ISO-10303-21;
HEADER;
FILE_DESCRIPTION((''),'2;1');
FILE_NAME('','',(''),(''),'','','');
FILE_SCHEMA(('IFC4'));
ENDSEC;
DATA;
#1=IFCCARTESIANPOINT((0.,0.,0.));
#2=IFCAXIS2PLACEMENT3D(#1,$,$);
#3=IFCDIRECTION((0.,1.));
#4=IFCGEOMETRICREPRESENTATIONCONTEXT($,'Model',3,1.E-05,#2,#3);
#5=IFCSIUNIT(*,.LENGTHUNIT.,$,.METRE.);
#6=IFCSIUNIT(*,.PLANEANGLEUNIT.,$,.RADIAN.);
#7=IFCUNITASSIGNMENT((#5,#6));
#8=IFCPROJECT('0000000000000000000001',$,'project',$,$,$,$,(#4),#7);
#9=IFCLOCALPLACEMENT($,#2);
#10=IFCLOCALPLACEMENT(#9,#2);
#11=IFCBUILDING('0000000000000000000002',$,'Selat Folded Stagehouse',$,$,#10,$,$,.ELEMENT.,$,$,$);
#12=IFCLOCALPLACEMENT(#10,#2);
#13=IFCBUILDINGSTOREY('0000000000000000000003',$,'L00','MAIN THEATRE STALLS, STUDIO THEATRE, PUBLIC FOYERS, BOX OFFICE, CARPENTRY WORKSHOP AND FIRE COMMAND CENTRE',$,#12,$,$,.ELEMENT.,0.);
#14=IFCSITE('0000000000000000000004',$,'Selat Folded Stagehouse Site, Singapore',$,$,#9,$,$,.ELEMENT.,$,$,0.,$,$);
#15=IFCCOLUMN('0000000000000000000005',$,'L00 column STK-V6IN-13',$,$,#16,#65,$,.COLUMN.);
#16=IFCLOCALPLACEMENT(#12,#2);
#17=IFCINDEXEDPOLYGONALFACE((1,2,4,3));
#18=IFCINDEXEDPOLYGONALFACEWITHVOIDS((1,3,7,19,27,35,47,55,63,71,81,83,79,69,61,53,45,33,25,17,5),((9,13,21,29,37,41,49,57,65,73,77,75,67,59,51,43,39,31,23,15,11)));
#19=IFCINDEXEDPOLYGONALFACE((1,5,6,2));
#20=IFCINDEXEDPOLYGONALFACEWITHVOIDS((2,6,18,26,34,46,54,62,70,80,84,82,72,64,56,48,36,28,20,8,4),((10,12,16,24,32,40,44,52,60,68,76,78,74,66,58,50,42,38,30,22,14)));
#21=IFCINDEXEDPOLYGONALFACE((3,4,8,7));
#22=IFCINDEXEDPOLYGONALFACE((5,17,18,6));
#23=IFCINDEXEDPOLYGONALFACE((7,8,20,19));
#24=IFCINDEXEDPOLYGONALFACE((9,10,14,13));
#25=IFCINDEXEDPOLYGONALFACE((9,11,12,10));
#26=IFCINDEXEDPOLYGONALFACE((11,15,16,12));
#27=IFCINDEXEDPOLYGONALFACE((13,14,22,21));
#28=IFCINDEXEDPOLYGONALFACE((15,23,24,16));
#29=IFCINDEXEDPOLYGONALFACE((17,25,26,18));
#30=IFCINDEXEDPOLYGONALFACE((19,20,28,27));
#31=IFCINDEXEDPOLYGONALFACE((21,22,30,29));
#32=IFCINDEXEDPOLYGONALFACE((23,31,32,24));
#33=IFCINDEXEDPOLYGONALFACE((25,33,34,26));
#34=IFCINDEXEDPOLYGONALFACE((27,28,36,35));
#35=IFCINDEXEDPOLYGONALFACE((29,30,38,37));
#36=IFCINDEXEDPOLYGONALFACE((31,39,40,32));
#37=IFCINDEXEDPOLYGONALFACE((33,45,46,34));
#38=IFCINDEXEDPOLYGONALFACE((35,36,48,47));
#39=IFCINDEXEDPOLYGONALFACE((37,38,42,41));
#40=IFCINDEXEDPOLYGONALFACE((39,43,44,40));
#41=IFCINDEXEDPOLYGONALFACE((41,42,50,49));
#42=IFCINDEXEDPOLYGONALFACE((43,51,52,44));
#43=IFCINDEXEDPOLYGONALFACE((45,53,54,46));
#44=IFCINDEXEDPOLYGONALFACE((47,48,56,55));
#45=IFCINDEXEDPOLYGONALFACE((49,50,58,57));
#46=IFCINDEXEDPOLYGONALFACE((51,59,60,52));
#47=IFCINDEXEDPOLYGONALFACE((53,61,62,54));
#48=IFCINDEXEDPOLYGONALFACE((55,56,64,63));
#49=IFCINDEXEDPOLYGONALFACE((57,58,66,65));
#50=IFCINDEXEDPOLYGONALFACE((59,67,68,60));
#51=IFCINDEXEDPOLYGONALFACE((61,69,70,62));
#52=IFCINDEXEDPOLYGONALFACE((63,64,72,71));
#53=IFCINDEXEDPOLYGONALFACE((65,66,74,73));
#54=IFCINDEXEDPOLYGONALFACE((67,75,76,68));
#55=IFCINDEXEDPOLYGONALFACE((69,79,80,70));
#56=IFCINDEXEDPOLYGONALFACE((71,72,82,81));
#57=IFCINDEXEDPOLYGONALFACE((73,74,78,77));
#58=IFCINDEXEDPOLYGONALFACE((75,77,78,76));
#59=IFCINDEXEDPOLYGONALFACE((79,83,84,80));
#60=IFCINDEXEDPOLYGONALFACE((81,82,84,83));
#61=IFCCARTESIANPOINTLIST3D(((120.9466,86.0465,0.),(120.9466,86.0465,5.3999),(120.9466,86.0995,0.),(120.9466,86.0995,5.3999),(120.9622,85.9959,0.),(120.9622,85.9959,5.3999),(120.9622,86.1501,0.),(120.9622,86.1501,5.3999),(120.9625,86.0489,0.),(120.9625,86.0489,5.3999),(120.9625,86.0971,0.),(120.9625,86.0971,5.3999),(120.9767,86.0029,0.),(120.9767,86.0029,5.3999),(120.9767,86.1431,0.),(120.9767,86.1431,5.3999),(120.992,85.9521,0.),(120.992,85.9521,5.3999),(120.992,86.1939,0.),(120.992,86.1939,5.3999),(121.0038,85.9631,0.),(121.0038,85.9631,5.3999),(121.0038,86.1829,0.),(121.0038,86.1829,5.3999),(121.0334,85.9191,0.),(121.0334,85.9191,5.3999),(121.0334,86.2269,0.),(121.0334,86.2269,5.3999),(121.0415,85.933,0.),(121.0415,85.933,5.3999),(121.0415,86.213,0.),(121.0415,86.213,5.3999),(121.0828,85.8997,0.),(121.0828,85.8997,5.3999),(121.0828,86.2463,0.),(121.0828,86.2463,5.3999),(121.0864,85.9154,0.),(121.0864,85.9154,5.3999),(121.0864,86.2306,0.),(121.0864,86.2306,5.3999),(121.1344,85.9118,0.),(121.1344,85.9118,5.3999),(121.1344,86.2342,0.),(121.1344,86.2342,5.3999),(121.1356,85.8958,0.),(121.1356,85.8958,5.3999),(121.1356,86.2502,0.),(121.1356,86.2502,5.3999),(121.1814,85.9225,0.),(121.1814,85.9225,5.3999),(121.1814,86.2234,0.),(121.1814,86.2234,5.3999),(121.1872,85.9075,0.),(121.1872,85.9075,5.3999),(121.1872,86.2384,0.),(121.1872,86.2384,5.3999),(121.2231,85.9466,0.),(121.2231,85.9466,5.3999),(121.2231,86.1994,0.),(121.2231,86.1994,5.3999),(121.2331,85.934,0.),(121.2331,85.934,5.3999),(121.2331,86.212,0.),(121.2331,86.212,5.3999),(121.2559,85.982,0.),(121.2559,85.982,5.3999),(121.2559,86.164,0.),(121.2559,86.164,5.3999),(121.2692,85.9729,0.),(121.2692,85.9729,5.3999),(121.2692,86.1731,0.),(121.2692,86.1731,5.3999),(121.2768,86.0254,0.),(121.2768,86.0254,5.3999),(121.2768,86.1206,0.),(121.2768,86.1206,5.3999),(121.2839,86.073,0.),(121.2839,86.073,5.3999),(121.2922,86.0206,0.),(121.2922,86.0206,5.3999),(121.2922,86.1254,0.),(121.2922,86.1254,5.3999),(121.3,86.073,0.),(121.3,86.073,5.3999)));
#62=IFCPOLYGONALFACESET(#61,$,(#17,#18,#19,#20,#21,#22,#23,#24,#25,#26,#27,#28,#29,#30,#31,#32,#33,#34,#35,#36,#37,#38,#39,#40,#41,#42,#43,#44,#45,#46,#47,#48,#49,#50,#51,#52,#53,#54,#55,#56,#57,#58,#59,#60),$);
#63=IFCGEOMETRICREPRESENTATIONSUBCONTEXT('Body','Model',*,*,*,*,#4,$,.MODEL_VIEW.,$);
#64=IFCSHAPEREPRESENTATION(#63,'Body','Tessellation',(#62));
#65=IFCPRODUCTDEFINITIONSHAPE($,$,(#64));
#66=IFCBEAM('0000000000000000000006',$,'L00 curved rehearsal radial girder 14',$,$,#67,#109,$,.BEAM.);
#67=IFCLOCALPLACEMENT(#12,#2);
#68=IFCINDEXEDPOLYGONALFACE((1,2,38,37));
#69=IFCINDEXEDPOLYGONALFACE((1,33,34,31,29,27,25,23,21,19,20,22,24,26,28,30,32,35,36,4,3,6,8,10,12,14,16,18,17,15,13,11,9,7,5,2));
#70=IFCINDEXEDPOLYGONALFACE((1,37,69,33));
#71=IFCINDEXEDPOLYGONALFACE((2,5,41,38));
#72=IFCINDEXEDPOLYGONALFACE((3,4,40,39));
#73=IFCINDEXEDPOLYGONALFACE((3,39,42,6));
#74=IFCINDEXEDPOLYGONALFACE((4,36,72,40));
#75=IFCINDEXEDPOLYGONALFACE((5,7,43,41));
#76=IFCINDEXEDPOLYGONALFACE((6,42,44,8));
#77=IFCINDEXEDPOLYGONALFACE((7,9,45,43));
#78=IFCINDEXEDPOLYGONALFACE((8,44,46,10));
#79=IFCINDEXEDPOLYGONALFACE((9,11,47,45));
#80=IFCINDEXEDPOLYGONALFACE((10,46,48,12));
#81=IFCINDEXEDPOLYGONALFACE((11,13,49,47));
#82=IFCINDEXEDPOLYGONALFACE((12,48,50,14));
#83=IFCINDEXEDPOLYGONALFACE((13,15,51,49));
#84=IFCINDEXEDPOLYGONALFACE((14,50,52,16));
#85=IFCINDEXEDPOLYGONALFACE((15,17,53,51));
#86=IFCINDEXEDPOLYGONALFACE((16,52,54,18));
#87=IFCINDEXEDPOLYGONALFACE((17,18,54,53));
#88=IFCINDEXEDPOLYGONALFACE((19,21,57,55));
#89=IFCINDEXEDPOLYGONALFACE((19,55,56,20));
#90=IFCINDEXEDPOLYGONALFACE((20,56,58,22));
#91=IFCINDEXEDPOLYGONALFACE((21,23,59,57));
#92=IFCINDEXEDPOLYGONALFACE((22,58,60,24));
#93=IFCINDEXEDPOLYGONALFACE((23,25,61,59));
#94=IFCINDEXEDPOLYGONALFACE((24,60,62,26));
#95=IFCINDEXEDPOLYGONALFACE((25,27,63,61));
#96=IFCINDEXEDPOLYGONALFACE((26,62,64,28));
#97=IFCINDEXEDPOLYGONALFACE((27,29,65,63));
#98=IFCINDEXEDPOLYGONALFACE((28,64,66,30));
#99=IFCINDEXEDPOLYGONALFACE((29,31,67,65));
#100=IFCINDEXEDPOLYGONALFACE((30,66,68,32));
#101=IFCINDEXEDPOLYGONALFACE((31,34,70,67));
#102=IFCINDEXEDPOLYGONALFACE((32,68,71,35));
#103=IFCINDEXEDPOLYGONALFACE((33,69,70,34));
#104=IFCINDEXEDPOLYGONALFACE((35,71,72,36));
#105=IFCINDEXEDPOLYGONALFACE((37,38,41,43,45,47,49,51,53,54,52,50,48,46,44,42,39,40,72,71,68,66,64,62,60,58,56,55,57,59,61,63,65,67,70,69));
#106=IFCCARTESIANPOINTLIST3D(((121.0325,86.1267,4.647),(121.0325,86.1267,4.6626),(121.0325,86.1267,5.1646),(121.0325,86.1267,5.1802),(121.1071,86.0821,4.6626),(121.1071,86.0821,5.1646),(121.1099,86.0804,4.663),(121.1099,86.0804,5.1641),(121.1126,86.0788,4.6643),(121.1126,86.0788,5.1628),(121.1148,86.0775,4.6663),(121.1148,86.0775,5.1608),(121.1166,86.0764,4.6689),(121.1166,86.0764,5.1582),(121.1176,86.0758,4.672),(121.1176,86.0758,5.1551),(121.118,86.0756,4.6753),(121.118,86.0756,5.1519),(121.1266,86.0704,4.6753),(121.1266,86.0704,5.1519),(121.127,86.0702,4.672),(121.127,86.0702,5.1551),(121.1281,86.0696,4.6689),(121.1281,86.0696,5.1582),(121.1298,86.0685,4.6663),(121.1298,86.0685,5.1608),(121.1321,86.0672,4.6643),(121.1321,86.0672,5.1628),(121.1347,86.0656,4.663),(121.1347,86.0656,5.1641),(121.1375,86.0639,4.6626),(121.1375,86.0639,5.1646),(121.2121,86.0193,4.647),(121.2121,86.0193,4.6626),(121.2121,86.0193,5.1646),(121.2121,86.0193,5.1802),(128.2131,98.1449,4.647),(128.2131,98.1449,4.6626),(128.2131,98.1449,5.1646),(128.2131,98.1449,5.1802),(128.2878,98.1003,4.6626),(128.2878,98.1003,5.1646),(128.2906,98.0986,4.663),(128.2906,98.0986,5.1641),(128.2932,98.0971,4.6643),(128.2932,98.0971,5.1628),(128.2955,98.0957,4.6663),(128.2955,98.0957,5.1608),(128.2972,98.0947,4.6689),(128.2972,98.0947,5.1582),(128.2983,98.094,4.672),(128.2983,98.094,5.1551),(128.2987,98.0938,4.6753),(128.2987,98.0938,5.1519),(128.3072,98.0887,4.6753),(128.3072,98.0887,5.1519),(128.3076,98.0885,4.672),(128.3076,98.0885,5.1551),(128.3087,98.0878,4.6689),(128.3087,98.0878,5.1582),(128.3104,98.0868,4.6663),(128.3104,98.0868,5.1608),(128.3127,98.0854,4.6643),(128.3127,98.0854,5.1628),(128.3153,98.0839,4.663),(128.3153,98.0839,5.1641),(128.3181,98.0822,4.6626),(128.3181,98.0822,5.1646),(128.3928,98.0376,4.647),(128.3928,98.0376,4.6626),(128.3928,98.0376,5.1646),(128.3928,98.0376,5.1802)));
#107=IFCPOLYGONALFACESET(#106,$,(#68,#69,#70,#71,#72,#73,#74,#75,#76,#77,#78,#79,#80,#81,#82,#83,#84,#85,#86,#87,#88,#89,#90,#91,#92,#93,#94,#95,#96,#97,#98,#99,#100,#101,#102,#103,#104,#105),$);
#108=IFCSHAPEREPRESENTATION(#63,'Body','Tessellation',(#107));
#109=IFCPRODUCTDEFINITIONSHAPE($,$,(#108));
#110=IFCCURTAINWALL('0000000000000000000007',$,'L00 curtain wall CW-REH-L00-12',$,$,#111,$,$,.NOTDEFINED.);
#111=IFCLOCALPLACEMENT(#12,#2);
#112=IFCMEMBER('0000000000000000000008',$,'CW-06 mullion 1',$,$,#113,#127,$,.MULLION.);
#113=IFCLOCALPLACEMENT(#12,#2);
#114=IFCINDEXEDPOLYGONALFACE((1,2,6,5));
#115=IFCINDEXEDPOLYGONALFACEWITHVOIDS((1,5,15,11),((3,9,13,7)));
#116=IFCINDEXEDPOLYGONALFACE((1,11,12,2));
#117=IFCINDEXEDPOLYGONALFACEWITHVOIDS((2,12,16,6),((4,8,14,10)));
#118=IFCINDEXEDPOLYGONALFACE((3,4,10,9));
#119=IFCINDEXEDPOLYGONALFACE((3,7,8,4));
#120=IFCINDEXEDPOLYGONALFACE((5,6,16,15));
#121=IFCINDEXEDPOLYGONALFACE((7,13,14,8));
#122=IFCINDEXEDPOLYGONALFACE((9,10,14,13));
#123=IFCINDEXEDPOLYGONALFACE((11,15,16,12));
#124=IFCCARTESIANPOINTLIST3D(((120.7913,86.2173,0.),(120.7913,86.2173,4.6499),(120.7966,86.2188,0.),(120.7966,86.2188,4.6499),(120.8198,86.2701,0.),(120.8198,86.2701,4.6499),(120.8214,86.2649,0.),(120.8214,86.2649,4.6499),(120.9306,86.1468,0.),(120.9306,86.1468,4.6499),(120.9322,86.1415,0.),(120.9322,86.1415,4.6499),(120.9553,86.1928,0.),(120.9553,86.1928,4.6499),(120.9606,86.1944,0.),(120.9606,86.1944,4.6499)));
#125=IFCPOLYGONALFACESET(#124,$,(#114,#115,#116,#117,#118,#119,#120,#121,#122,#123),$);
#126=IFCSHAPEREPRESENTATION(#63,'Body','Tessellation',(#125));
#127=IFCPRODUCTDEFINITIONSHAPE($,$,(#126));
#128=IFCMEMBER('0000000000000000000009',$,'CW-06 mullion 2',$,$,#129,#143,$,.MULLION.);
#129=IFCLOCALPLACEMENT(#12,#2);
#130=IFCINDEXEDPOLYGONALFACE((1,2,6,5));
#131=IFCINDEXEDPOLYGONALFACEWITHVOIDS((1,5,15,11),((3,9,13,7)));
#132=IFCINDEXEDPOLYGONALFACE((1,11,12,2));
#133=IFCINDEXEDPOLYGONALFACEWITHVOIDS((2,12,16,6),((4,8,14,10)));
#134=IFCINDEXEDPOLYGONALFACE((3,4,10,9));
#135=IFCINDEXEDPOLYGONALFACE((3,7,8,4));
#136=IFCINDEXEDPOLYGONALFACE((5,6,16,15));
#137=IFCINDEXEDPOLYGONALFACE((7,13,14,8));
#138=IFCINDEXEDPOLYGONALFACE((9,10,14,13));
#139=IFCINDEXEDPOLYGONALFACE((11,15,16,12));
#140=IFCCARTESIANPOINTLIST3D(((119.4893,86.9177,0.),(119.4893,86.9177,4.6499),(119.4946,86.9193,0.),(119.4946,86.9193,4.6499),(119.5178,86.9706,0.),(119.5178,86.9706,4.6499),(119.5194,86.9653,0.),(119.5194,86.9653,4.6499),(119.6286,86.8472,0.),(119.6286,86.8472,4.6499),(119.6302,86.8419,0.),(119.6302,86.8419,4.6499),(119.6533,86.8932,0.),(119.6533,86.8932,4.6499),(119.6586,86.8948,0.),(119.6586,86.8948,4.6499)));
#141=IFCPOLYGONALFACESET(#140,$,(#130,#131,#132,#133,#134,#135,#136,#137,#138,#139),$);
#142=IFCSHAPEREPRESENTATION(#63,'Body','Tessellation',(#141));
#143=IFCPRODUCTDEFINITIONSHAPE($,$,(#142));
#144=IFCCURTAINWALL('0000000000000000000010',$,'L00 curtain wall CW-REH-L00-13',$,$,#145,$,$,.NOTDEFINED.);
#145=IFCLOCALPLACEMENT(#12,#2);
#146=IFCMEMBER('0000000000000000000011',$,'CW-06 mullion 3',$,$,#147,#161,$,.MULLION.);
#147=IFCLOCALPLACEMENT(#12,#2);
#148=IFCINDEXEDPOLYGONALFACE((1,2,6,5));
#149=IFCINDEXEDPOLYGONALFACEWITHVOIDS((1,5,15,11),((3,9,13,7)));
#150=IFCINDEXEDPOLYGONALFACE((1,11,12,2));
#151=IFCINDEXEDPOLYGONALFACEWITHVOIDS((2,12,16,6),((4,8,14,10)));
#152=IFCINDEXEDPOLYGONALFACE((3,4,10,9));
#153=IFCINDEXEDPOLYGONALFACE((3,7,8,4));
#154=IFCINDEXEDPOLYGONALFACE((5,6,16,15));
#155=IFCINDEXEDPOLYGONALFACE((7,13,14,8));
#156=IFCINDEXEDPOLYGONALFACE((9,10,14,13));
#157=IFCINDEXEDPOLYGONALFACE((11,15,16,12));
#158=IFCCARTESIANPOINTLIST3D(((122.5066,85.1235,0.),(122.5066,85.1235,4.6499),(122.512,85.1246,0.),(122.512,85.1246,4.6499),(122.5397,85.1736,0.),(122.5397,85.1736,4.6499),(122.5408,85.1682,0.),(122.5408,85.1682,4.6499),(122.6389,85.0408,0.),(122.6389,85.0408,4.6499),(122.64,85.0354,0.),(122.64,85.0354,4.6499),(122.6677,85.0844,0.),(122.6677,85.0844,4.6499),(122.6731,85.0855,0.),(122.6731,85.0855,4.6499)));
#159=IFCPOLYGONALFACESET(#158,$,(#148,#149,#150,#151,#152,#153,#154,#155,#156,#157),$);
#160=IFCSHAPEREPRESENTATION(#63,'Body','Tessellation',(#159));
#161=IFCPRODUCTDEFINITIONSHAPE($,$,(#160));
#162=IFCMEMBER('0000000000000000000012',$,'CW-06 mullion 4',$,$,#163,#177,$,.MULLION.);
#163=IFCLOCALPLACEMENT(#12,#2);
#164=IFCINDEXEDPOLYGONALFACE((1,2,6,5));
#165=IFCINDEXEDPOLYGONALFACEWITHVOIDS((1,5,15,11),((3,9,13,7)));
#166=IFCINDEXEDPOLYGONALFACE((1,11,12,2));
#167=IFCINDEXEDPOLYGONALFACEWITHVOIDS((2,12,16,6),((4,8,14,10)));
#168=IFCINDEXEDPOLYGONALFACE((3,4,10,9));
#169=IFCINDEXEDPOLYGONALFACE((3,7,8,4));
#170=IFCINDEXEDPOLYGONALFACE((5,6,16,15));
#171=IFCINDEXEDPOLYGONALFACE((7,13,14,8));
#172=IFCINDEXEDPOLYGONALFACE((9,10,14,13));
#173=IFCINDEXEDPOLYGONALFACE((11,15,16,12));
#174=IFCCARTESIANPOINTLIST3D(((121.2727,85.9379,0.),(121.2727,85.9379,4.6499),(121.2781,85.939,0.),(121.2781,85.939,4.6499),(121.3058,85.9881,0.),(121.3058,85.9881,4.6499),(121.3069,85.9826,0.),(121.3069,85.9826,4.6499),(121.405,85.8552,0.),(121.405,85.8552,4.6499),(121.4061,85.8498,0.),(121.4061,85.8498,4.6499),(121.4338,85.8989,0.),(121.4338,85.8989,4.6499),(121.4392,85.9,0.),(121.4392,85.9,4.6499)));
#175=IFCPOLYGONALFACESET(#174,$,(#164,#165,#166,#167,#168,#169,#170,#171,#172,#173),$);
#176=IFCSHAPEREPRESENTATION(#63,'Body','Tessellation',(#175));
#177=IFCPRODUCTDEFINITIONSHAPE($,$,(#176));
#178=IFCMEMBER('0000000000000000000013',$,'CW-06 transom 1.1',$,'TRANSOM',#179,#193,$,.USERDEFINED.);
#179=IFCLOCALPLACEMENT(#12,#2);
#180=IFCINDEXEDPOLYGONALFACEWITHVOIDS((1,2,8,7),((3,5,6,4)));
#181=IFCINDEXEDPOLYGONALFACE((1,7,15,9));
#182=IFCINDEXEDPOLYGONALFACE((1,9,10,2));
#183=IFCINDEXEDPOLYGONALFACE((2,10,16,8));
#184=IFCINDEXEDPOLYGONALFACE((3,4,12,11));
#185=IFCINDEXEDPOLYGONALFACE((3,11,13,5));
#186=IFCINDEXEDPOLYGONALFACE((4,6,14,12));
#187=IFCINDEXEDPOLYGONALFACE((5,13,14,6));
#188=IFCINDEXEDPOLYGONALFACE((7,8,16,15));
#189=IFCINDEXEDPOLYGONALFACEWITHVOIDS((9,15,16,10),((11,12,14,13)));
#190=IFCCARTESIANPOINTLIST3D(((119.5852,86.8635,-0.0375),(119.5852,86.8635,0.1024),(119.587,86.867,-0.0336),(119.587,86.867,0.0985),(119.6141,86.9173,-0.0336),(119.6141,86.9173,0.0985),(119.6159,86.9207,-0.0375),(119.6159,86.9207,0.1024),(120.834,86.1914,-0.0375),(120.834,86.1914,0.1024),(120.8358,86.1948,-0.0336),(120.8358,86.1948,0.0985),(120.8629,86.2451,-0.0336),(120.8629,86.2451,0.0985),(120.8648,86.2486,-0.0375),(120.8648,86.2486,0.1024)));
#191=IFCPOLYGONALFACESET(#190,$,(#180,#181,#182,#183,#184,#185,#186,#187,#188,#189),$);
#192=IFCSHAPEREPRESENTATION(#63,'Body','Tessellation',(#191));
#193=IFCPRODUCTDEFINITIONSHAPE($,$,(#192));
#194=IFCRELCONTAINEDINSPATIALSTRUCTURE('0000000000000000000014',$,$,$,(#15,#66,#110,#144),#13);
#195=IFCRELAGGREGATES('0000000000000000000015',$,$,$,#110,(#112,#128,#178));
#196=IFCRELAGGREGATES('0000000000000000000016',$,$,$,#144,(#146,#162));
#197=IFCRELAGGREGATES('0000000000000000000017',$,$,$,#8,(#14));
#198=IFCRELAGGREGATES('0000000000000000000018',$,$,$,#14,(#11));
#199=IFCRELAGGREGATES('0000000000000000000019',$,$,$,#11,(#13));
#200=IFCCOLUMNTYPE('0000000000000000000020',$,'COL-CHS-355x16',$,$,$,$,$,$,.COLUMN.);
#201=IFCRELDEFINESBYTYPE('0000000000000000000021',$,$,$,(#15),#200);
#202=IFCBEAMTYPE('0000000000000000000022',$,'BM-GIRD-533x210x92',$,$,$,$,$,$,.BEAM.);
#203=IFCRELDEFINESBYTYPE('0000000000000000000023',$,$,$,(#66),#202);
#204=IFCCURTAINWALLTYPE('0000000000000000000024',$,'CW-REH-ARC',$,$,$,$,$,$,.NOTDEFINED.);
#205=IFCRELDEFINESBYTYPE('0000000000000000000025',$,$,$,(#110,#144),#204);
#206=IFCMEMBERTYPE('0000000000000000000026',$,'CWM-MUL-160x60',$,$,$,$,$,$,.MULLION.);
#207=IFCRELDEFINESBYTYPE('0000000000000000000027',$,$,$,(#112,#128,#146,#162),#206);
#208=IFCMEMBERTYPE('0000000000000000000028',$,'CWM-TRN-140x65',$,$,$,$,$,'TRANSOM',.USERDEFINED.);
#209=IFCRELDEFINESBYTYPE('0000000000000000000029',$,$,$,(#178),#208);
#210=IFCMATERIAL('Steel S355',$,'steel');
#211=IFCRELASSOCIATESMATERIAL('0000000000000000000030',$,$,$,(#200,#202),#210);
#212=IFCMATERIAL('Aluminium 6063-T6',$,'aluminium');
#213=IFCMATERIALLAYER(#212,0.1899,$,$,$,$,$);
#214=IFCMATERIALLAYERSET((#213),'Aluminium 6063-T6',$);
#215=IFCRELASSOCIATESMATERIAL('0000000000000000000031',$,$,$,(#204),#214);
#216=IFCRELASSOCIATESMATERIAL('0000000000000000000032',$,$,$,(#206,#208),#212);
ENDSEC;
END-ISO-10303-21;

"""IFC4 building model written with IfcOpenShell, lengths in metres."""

from ifc_helpers import new_model, si_unit, direction, frame, origin, origin_2d, place, context, subcontext, project, spatial, hollow_rectangle, hollow_circle, i_section, extrude, material, layer, layer_set, material_profile, profile_set, type_object, element, aggregate, save


model = new_model("IFC4")

# Units and contexts
model_context = context("Model", 3, precision=1e-05, world=origin(), true_north=direction((0.0, 1.0)))
body_context = subcontext(model_context, "Body", "Model", "MODEL_VIEW")
ifc_project = project(units=[si_unit("LENGTHUNIT", "METRE"), si_unit("PLANEANGLEUNIT", "RADIAN")], contexts=[model_context])

# Site, building, storey
site_placement = place(None, origin())
site = spatial("IfcSite", under=ifc_project, at=site_placement, Name="Selat Folded Stagehouse Site, Singapore", CompositionType="ELEMENT", RefElevation=0.0)
building_placement = place(site_placement, origin())
building = spatial("IfcBuilding", under=site, at=building_placement, Name="Selat Folded Stagehouse", CompositionType="ELEMENT")
storey_placement = place(building_placement, origin())
storey = spatial("IfcBuildingStorey", under=building, at=storey_placement, Name="L00", Description="MAIN THEATRE STALLS, STUDIO THEATRE, PUBLIC FOYERS, BOX OFFICE, CARPENTRY WORKSHOP AND FIRE COMMAND CENTRE", CompositionType="ELEMENT", Elevation=0.0)

# Column
ifc_material_1 = material(Name="Steel S355", Category="steel")
ifc_material_profile_1 = material_profile(ifc_material_1, hollow_circle(Radius=0.1777, WallThickness=0.0161, at=origin_2d()), Name="CHS 355.6x16.0")
ifc_profile_set_1 = profile_set([ifc_material_profile_1], Name="Steel S355")
column_type = type_object("IfcColumnType", Name="COL-CHS-355x16", PredefinedType="COLUMN", material=ifc_profile_set_1)
column_placement = place(storey_placement, frame((121.1223, 86.073, 0.0), z_axis=(0.0, 0.0, 1.0), x_axis=(1.0, 0.0, 0.0)))
element("IfcColumn", 1, at=column_placement, inside=storey, type_object=column_type, Name="L00 column STK-V6IN-13", PredefinedType="COLUMN", context=body_context, shape_type="SweptSolid", body=[
    extrude(hollow_circle(Radius=0.1777, WallThickness=0.0161, at=origin_2d()), origin(), (0.0, 0.0, 1.0), 5.3999),
])

# Beam
ifc_material_profile_2 = material_profile(ifc_material_1, i_section(OverallWidth=0.2092, OverallDepth=0.5332, WebThickness=0.01, FlangeThickness=0.0156, FilletRadius=0.0127, at=origin_2d()), Name="UKB 533x210x92")
ifc_profile_set_2 = profile_set([ifc_material_profile_2], Name="Steel S355")
beam_type_1 = type_object("IfcBeamType", Name="BM-GIRD-533x210x92", PredefinedType="BEAM", material=ifc_profile_set_2)
beam_1_placement = place(storey_placement, frame((121.1223, 86.073, 4.9136), z_axis=(0.512902, 0.858447, 0.0), x_axis=(-0.858447, 0.512902, 0.0)))
element("IfcBeam", 2, at=beam_1_placement, inside=storey, type_object=beam_type_1, Name="L00 curved rehearsal radial girder 14", PredefinedType="BEAM", context=body_context, shape_type="SweptSolid", body=[
    extrude(i_section(OverallWidth=0.2092, OverallDepth=0.5332, WebThickness=0.01, FlangeThickness=0.0156, FilletRadius=0.0127, at=origin_2d()), origin(), (0.0, 0.0, 1.0), 14.0),
])

# Curtain walls, members
ifc_material_2 = material(Name="Aluminium 6063-T6", Category="aluminium")
ifc_layer_1 = layer(ifc_material_2, 0.1899)
ifc_layer_set_1 = layer_set([ifc_layer_1], Name="Aluminium 6063-T6")
curtain_wall_type = type_object("IfcCurtainWallType", Name="CW-REH-ARC", PredefinedType="NOTDEFINED", material=ifc_layer_set_1)
curtain_wall_1_placement = place(storey_placement, origin())
curtain_wall_1 = element("IfcCurtainWall", 3, at=curtain_wall_1_placement, inside=storey, type_object=curtain_wall_type, Name="L00 curtain wall CW-REH-L00-12", PredefinedType="NOTDEFINED")
ifc_material_profile_3 = material_profile(ifc_material_2, hollow_rectangle(XDim=0.0601, YDim=0.1599, WallThickness=0.0039, at=origin_2d()), Name="ALU 160x60x4.0")
ifc_profile_set_3 = profile_set([ifc_material_profile_3], Name="Aluminium 6063-T6")
member_type_1 = type_object("IfcMemberType", Name="CWM-MUL-160x60", PredefinedType="MULLION", material=ifc_profile_set_3)
member_1_placement = place(storey_placement, frame((120.876, 86.2058, 0.0), z_axis=(0.0, 0.0, 1.0), x_axis=(-0.473859, -0.880601, 0.0)))
member_1 = element("IfcMember", 4, at=member_1_placement, type_object=member_type_1, Name="CW-06 mullion 1", PredefinedType="MULLION", context=body_context, shape_type="SweptSolid", body=[
    extrude(hollow_rectangle(XDim=0.0601, YDim=0.1599, WallThickness=0.0039, at=origin_2d()), origin(), (0.0, 0.0, 1.0), 4.6499),
])
member_2_placement = place(storey_placement, frame((119.574, 86.9062, 0.0), z_axis=(0.0, 0.0, 1.0), x_axis=(-0.473859, -0.880601, 0.0)))
member_2 = element("IfcMember", 5, at=member_2_placement, type_object=member_type_1, Name="CW-06 mullion 2", PredefinedType="MULLION", context=body_context, shape_type="SweptSolid", body=[
    extrude(hollow_rectangle(XDim=0.0601, YDim=0.1599, WallThickness=0.0039, at=origin_2d()), origin(), (0.0, 0.0, 1.0), 4.6499),
])
curtain_wall_2_placement = place(storey_placement, origin())
curtain_wall_2 = element("IfcCurtainWall", 6, at=curtain_wall_2_placement, inside=storey, type_object=curtain_wall_type, Name="L00 curtain wall CW-REH-L00-13", PredefinedType="NOTDEFINED")
member_3_placement = place(storey_placement, frame((122.5898, 85.1045, 0.0), z_axis=(0.0, 0.0, 1.0), x_axis=(-0.550885, -0.834581, 0.0)))
member_3 = element("IfcMember", 7, at=member_3_placement, type_object=member_type_1, Name="CW-06 mullion 3", PredefinedType="MULLION", context=body_context, shape_type="SweptSolid", body=[
    extrude(hollow_rectangle(XDim=0.0601, YDim=0.1599, WallThickness=0.0039, at=origin_2d()), origin(), (0.0, 0.0, 1.0), 4.6499),
])
member_4_placement = place(storey_placement, frame((121.356, 85.9189, 0.0), z_axis=(0.0, 0.0, 1.0), x_axis=(-0.550885, -0.834581, 0.0)))
member_4 = element("IfcMember", 8, at=member_4_placement, type_object=member_type_1, Name="CW-06 mullion 4", PredefinedType="MULLION", context=body_context, shape_type="SweptSolid", body=[
    extrude(hollow_rectangle(XDim=0.0601, YDim=0.1599, WallThickness=0.0039, at=origin_2d()), origin(), (0.0, 0.0, 1.0), 4.6499),
])

# Member
ifc_material_profile_4 = material_profile(ifc_material_2, hollow_rectangle(XDim=0.0649, YDim=0.1399, WallThickness=0.0039, at=origin_2d()), Name="ALU 140x65x4.0")
ifc_profile_set_4 = profile_set([ifc_material_profile_4], Name="Aluminium 6063-T6")
member_type_2 = type_object("IfcMemberType", Name="CWM-TRN-140x65", ElementType="TRANSOM", PredefinedType="USERDEFINED", material=ifc_profile_set_4)
member_5_placement = place(storey_placement, frame((120.8494, 86.22, 0.0325), z_axis=(-0.88056, 0.473936, 0.0), x_axis=(-0.473936, -0.88056, 0.0)))
member_5 = element("IfcMember", 9, at=member_5_placement, type_object=member_type_2, Name="CW-06 transom 1.1", ObjectType="TRANSOM", PredefinedType="USERDEFINED", context=body_context, shape_type="SweptSolid", body=[
    extrude(hollow_rectangle(XDim=0.0649, YDim=0.1399, WallThickness=0.0039, at=origin_2d()), origin(), (0.0, 0.0, 1.0), 1.4182),
])

aggregate(curtain_wall_1, [member_1, member_2, member_5])
aggregate(curtain_wall_2, [member_3, member_4])

save(model, "model.ifc")
